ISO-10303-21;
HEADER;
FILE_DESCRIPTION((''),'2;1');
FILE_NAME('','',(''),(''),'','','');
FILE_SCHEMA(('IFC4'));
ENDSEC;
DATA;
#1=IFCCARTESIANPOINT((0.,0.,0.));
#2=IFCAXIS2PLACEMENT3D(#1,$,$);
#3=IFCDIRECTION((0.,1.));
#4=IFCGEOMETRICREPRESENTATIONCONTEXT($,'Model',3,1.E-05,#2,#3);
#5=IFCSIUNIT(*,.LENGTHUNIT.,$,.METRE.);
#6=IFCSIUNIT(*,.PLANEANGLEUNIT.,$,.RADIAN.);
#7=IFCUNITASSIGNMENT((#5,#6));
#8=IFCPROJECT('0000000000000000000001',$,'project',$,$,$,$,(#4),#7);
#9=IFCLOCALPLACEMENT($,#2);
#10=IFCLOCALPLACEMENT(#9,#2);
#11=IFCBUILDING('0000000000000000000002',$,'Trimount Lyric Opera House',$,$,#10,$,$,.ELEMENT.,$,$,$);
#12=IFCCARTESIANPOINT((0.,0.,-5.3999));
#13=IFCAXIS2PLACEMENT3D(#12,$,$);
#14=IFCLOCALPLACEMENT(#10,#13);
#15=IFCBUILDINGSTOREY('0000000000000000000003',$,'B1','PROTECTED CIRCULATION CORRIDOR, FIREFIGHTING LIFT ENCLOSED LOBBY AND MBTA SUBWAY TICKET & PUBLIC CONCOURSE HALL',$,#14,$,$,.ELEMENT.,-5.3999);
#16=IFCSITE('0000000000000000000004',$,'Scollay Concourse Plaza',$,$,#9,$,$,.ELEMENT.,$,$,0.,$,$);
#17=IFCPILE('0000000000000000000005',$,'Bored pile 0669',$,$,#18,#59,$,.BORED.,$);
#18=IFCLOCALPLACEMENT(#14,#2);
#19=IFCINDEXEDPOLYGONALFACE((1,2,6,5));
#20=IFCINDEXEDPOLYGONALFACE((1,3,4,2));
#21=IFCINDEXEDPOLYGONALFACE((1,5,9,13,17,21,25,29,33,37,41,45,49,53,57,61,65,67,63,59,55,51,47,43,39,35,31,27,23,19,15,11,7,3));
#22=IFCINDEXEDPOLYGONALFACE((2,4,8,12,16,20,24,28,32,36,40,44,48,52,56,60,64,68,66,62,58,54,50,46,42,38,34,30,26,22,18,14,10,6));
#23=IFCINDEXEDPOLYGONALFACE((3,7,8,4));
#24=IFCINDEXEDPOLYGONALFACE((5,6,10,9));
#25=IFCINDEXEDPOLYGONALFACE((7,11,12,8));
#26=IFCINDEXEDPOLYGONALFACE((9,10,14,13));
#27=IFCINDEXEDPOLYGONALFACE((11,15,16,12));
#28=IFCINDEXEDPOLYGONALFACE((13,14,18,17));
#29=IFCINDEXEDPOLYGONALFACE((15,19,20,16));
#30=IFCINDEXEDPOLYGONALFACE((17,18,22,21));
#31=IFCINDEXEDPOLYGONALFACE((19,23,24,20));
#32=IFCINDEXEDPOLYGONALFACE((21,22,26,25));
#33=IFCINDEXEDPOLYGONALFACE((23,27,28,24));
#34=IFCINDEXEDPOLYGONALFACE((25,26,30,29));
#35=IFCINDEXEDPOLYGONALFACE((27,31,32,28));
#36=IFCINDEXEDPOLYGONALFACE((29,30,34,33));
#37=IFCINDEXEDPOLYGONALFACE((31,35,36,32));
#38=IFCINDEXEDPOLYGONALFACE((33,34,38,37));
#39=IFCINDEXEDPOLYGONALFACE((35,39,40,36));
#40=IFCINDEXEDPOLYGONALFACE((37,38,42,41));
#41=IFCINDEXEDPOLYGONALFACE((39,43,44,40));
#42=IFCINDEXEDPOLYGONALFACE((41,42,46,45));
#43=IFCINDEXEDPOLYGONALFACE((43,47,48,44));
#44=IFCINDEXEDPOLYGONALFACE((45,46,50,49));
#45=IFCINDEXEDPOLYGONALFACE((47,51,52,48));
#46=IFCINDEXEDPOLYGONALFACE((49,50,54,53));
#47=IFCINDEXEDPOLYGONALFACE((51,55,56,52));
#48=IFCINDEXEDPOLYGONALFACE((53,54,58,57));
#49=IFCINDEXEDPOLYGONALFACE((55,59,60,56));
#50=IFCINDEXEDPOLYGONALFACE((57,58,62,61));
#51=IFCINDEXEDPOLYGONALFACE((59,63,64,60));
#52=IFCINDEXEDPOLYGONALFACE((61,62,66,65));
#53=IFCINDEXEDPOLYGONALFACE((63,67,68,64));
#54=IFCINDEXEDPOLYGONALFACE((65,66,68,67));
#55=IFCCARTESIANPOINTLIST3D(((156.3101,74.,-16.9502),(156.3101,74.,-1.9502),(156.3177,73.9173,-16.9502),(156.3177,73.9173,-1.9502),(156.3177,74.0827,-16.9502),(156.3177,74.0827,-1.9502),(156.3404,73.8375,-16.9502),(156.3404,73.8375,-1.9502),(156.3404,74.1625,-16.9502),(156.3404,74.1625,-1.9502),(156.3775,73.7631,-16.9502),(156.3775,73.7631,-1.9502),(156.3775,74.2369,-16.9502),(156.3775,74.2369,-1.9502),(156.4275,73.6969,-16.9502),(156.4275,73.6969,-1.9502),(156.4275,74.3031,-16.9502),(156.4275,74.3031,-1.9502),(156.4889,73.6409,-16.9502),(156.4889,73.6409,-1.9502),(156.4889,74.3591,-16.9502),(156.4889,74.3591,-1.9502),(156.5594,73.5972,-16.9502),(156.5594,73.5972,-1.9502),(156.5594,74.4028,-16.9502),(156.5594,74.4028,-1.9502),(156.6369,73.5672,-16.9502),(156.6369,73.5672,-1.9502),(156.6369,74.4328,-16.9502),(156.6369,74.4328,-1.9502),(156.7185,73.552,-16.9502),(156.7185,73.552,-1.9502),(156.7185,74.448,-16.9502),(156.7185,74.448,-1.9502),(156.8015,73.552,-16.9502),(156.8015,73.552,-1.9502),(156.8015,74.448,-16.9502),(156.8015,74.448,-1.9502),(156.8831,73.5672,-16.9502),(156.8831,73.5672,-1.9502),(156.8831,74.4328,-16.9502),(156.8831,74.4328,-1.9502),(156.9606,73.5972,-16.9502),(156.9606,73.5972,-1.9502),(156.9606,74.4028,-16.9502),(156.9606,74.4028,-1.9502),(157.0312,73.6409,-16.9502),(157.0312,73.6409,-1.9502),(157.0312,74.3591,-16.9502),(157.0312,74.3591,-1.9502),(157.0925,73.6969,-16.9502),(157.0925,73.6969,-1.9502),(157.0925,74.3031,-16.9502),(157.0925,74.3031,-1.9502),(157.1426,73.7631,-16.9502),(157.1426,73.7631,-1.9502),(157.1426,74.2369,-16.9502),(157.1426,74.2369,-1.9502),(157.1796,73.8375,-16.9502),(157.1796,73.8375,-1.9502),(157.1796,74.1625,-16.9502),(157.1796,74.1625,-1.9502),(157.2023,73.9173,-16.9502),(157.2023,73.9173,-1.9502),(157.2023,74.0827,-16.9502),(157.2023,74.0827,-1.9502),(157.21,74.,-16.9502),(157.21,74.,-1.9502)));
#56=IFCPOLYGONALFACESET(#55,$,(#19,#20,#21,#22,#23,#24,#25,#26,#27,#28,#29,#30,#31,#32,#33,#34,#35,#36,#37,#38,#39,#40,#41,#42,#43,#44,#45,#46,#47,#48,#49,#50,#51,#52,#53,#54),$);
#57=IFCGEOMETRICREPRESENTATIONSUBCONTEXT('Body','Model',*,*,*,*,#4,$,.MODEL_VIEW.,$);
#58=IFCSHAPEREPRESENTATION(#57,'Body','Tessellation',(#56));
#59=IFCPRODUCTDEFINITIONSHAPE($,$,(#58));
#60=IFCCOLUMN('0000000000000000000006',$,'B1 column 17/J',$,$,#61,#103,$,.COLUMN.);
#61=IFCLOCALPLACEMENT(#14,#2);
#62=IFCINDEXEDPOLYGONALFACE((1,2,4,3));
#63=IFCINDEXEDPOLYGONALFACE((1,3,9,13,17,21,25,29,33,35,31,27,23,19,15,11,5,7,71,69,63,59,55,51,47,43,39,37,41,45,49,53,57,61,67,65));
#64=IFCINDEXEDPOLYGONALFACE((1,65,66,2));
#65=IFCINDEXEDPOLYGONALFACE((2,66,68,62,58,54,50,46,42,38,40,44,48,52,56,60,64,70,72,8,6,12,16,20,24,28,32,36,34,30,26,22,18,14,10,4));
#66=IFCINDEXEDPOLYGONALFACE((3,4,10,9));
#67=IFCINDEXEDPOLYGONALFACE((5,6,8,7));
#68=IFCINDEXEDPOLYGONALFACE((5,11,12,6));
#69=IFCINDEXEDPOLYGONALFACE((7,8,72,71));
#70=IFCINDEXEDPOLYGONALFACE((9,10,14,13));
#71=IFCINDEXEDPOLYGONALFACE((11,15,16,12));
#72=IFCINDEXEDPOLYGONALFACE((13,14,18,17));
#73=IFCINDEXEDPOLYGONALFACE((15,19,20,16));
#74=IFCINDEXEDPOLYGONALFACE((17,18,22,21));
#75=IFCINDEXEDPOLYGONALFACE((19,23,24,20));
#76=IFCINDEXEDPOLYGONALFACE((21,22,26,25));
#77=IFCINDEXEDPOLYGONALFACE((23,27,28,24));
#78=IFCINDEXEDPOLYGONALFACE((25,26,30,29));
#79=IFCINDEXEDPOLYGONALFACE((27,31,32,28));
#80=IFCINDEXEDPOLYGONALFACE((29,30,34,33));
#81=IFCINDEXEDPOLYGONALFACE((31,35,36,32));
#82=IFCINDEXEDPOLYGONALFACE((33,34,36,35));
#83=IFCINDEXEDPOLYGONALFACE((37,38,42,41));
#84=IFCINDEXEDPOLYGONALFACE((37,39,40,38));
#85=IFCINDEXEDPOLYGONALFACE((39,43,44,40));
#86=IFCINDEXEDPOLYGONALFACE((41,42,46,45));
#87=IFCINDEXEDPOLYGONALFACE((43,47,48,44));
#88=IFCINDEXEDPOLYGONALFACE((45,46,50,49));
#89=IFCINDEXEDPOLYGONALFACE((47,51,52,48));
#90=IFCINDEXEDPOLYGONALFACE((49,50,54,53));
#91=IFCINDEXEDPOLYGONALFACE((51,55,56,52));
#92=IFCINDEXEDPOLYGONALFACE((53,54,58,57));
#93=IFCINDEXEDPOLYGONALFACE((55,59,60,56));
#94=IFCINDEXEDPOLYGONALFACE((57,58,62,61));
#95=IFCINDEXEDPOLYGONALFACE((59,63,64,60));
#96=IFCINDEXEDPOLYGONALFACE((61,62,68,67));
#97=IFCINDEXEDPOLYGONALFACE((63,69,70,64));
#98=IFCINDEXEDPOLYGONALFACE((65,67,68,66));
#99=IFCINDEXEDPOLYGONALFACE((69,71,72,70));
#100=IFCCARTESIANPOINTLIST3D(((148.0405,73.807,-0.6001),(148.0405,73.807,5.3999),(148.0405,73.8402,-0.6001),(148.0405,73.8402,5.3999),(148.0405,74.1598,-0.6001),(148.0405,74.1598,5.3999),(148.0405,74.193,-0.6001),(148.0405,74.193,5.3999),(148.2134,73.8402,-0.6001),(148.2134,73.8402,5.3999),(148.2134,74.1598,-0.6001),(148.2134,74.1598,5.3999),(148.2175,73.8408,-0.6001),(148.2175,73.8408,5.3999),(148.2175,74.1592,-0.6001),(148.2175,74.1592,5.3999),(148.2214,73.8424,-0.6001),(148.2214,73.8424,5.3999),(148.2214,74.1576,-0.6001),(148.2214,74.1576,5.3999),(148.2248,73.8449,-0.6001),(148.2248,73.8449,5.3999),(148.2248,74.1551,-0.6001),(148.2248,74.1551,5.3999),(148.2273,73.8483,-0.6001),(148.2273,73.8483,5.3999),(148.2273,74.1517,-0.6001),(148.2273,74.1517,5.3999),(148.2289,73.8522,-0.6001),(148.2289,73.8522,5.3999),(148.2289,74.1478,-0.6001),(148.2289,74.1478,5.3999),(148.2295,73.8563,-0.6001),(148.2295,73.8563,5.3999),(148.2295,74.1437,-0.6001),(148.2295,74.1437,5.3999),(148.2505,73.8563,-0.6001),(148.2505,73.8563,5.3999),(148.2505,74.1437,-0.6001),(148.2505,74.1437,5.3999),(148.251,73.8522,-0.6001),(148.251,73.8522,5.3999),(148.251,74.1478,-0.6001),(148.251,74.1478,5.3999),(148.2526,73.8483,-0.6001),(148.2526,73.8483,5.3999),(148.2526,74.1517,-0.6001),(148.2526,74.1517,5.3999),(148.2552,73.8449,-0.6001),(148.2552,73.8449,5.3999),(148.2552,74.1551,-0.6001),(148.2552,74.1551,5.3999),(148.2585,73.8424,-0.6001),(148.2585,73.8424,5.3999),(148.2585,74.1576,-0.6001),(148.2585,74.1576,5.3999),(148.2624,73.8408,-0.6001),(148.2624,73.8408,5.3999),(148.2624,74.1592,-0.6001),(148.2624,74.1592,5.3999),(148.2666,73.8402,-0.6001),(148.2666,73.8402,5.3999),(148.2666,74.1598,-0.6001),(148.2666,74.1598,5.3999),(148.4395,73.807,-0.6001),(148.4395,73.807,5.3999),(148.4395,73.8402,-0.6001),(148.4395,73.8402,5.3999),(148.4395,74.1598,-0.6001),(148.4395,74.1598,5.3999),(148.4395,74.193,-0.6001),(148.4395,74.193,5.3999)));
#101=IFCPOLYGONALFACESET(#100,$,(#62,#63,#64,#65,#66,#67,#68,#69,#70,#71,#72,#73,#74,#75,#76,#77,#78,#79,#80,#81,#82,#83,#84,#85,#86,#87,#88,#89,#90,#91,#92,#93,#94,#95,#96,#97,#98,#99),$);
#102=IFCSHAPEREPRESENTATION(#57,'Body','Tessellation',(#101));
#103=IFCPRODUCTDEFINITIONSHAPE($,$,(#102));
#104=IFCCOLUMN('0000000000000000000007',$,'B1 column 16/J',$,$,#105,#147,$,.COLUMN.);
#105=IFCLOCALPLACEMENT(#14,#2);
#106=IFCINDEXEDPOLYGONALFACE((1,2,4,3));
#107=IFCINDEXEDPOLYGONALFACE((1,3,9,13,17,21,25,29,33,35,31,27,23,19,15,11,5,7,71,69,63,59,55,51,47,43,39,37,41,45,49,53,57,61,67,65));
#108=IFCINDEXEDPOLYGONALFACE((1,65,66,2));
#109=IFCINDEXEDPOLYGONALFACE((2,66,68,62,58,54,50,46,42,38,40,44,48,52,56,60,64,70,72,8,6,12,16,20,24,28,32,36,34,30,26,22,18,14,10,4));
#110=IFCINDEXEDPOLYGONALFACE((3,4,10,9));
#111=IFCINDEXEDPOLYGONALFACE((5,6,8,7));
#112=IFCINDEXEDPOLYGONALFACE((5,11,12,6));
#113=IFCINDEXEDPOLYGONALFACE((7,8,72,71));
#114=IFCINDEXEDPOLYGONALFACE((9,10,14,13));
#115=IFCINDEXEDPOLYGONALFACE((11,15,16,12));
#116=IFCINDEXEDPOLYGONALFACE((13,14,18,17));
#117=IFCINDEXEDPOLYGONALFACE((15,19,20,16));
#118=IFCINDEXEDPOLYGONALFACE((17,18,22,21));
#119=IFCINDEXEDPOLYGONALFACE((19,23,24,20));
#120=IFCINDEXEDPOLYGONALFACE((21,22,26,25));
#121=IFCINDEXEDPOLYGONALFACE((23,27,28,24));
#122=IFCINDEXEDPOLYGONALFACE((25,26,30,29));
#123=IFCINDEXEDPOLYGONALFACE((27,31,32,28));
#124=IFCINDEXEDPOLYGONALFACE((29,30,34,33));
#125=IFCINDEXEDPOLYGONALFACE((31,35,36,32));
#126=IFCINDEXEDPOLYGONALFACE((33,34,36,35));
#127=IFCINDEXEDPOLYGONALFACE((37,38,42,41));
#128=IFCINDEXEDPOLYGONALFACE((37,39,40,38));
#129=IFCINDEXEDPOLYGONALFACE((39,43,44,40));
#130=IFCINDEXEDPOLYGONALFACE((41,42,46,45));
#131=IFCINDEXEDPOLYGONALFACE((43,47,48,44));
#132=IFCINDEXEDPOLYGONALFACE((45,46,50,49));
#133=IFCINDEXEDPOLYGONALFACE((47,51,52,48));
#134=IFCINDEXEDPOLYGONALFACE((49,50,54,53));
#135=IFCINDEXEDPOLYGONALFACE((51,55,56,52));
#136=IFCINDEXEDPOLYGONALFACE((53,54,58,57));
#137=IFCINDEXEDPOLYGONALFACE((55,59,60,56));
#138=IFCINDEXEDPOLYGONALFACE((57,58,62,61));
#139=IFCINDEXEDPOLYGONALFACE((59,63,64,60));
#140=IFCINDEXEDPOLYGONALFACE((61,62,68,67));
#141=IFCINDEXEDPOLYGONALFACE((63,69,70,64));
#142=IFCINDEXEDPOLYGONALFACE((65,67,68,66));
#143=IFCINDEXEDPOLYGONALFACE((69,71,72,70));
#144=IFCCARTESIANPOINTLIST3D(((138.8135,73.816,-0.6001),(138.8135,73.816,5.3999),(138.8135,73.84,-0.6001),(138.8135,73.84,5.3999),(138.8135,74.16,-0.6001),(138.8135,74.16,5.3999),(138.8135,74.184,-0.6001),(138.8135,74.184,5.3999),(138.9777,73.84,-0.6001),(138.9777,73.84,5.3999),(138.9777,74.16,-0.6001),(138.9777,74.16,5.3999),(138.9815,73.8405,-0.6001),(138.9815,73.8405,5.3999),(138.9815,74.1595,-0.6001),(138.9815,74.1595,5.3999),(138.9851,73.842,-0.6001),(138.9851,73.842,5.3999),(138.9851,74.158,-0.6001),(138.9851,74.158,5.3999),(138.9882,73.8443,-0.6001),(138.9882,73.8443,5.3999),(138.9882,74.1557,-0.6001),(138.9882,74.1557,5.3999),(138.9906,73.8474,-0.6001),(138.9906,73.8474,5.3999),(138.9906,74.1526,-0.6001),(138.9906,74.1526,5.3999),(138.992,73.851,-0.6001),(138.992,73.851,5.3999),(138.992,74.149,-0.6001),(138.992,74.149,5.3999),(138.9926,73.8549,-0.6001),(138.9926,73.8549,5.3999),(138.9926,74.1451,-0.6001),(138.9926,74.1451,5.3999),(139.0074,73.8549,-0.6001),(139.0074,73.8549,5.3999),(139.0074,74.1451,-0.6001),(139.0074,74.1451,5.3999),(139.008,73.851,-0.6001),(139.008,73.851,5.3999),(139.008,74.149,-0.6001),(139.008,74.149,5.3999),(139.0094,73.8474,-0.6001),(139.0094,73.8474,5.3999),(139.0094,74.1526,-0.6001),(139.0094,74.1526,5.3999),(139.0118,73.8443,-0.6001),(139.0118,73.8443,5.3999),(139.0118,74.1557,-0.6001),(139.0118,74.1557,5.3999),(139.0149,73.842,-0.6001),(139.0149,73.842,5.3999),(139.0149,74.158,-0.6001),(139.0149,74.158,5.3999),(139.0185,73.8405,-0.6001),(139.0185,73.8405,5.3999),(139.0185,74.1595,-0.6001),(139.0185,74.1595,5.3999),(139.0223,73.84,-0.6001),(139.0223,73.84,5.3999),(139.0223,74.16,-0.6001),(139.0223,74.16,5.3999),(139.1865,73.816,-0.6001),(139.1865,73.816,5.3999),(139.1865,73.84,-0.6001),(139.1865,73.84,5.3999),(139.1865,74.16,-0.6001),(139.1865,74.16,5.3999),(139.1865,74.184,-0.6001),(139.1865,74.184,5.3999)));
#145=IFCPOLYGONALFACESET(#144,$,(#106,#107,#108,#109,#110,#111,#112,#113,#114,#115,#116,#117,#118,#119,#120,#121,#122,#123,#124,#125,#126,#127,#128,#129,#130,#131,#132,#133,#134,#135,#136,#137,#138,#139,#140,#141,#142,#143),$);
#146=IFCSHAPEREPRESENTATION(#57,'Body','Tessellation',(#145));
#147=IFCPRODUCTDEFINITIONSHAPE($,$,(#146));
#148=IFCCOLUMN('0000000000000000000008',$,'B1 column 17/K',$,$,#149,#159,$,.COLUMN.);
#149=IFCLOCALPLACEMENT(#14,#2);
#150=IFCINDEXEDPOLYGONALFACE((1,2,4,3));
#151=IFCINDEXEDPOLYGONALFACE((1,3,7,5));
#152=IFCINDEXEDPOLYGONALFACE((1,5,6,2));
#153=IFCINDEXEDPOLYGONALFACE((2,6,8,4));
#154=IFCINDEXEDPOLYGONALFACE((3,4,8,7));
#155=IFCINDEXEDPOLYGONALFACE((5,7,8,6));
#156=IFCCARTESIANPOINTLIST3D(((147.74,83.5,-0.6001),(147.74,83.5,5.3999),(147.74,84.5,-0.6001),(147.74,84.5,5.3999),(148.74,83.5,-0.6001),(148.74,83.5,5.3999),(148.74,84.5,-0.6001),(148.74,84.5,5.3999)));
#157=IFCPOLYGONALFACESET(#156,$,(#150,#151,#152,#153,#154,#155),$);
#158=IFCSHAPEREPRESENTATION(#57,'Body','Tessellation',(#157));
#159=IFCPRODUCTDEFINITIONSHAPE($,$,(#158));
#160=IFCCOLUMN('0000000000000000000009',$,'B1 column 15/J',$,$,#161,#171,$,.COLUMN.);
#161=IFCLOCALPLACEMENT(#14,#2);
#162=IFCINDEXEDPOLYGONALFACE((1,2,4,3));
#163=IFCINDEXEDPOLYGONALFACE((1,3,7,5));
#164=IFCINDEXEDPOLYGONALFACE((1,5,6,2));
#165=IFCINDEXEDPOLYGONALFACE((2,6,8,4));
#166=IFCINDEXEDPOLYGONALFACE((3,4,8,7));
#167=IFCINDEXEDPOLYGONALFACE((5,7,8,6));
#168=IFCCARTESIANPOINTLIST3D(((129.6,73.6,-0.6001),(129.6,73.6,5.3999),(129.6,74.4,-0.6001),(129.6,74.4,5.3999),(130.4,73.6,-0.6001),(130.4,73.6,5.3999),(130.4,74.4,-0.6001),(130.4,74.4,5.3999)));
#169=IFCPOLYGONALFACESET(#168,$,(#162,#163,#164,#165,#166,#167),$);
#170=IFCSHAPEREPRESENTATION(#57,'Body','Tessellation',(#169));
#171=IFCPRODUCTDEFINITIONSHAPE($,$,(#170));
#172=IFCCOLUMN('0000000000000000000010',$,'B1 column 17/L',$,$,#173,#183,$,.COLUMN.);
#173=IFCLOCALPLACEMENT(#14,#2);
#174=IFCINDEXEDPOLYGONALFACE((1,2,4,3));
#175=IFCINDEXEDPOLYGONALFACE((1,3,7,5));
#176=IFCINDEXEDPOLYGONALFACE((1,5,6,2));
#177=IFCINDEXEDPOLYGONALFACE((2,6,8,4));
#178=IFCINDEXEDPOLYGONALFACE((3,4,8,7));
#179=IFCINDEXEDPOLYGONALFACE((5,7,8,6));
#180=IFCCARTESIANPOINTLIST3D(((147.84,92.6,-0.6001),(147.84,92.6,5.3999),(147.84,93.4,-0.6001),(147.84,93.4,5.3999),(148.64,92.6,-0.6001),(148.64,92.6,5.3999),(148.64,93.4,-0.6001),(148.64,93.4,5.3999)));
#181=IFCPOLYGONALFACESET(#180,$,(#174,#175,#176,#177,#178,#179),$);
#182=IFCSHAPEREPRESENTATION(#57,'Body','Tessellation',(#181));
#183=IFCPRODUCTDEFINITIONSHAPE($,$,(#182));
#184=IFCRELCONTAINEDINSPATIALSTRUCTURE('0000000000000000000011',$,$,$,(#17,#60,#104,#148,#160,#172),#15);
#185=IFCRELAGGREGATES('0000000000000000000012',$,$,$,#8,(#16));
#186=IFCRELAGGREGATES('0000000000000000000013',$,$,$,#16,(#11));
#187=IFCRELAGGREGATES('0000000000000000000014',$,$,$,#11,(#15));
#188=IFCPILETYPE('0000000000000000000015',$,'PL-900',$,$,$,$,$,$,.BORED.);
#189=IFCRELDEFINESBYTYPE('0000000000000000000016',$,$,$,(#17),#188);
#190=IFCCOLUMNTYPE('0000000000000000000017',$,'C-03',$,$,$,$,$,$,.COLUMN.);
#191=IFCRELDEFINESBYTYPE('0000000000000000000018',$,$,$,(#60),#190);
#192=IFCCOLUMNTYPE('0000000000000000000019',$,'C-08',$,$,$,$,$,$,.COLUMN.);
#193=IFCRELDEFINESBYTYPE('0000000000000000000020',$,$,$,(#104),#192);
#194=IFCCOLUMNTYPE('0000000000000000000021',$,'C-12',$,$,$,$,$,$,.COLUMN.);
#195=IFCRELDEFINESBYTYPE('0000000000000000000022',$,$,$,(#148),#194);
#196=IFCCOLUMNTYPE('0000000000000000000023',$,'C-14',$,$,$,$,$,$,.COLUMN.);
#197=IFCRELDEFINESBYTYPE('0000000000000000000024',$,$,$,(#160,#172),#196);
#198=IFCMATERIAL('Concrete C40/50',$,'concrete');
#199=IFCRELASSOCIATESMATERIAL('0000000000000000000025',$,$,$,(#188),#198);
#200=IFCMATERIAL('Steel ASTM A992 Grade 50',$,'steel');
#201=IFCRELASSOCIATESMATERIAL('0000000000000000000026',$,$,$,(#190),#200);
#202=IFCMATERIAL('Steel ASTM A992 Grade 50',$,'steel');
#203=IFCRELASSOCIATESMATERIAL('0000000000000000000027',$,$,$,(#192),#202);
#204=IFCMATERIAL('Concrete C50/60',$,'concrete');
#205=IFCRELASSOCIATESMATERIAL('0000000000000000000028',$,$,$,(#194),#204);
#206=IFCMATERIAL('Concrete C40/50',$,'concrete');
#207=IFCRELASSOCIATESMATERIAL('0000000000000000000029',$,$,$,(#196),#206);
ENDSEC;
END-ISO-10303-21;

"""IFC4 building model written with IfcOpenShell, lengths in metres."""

from ifc_helpers import new_model, si_unit, direction, frame, origin, origin_2d, place, context, subcontext, project, spatial, rectangle, circle, i_section, extrude, material, material_profile, profile_set, type_object, element, save


model = new_model("IFC4")

# Units and contexts
model_context = context("Model", 3, precision=1e-05, world=origin(), true_north=direction((0.0, 1.0)))
body_context = subcontext(model_context, "Body", "Model", "MODEL_VIEW")
ifc_project = project(units=[si_unit("LENGTHUNIT", "METRE"), si_unit("PLANEANGLEUNIT", "RADIAN")], contexts=[model_context])

# Site, building, storey
site_placement = place(None, origin())
site = spatial("IfcSite", under=ifc_project, at=site_placement, Name="Scollay Concourse Plaza", CompositionType="ELEMENT", RefElevation=0.0)
building_placement = place(site_placement, origin())
building = spatial("IfcBuilding", under=site, at=building_placement, Name="Trimount Lyric Opera House", CompositionType="ELEMENT")
storey_placement = place(building_placement, frame((0.0, 0.0, -5.3999)))
storey = spatial("IfcBuildingStorey", under=building, at=storey_placement, Name="B1", Description="PROTECTED CIRCULATION CORRIDOR, FIREFIGHTING LIFT ENCLOSED LOBBY AND MBTA SUBWAY TICKET & PUBLIC CONCOURSE HALL", CompositionType="ELEMENT", Elevation=-5.3999)

# Pile
ifc_material_1 = material(Name="Concrete C40/50", Category="concrete")
ifc_material_profile_1 = material_profile(ifc_material_1, circle(Radius=0.45, at=origin_2d()), Name="PILE-D900")
ifc_profile_set_1 = profile_set([ifc_material_profile_1], Name="Concrete C40/50")
pile_type_1 = type_object("IfcPileType", Name="PL-900", PredefinedType="BORED", material=ifc_profile_set_1)
for number, where, z_axis, x_axis, name in (
    (1, (156.76, 74.0, -1.9502), (0.0, 0.0, -1.0), (1.0, 0.0, 0.0), "Bored pile 0669"),
):
    element("IfcPile", number, at=place(storey_placement, frame(where, z_axis=z_axis, x_axis=x_axis)), inside=storey, type_object=pile_type_1, Name=name, PredefinedType="BORED", context=body_context, shape_type="SweptSolid", body=[
        extrude(circle(Radius=0.45, at=origin_2d()), origin(), (0.0, 0.0, 1.0), 15.0),
    ])

# Columns
ifc_material_2 = material(Name="Steel ASTM A992 Grade 50", Category="steel")
ifc_material_profile_2 = material_profile(ifc_material_2, i_section(OverallWidth=0.3989, OverallDepth=0.386, WebThickness=0.021, FlangeThickness=0.0332, FilletRadius=0.0161, at=origin_2d()), Name="W14X176")
ifc_profile_set_2 = profile_set([ifc_material_profile_2], Name="Steel ASTM A992 Grade 50")
column_type_1 = type_object("IfcColumnType", Name="C-03", PredefinedType="COLUMN", material=ifc_profile_set_2)
column_1_placement = place(storey_placement, frame((148.24, 74.0, -0.6001), z_axis=(0.0, 0.0, 1.0), x_axis=(1.0, 0.0, 0.0)))
element("IfcColumn", 2, at=column_1_placement, inside=storey, type_object=column_type_1, Name="B1 column 17/J", PredefinedType="COLUMN", context=body_context, shape_type="SweptSolid", body=[
    extrude(i_section(OverallWidth=0.3989, OverallDepth=0.386, WebThickness=0.021, FlangeThickness=0.0332, FilletRadius=0.0161, at=origin_2d()), origin(), (0.0, 0.0, 1.0), 6.0),
])
ifc_material_3 = material(Name="Steel ASTM A992 Grade 50", Category="steel")
ifc_material_profile_3 = material_profile(ifc_material_3, i_section(OverallWidth=0.373, OverallDepth=0.3679, WebThickness=0.0149, FlangeThickness=0.0239, FilletRadius=0.0149, at=origin_2d()), Name="W14X120")
ifc_profile_set_3 = profile_set([ifc_material_profile_3], Name="Steel ASTM A992 Grade 50")
column_type_2 = type_object("IfcColumnType", Name="C-08", PredefinedType="COLUMN", material=ifc_profile_set_3)
column_2_placement = place(storey_placement, frame((139.0, 74.0, -0.6001), z_axis=(0.0, 0.0, 1.0), x_axis=(1.0, 0.0, 0.0)))
element("IfcColumn", 3, at=column_2_placement, inside=storey, type_object=column_type_2, Name="B1 column 16/J", PredefinedType="COLUMN", context=body_context, shape_type="SweptSolid", body=[
    extrude(i_section(OverallWidth=0.373, OverallDepth=0.3679, WebThickness=0.0149, FlangeThickness=0.0239, FilletRadius=0.0149, at=origin_2d()), origin(), (0.0, 0.0, 1.0), 6.0),
])
ifc_material_4 = material(Name="Concrete C50/60", Category="concrete")
ifc_material_profile_4 = material_profile(ifc_material_4, rectangle(XDim=1.0, YDim=1.0, at=origin_2d()), Name="RC1000X1000")
ifc_profile_set_4 = profile_set([ifc_material_profile_4], Name="Concrete C50/60")
column_type_3 = type_object("IfcColumnType", Name="C-12", PredefinedType="COLUMN", material=ifc_profile_set_4)
column_3_placement = place(storey_placement, frame((148.24, 84.0, -0.6001), z_axis=(0.0, 0.0, 1.0), x_axis=(1.0, 0.0, 0.0)))
element("IfcColumn", 4, at=column_3_placement, inside=storey, type_object=column_type_3, Name="B1 column 17/K", PredefinedType="COLUMN", context=body_context, shape_type="SweptSolid", body=[
    extrude(rectangle(XDim=1.0, YDim=1.0, at=origin_2d()), origin(), (0.0, 0.0, 1.0), 6.0),
])
ifc_material_5 = material(Name="Concrete C40/50", Category="concrete")
ifc_material_profile_5 = material_profile(ifc_material_5, rectangle(XDim=0.8, YDim=0.8, at=origin_2d()), Name="RC800X800")
ifc_profile_set_5 = profile_set([ifc_material_profile_5], Name="Concrete C40/50")
column_type_4 = type_object("IfcColumnType", Name="C-14", PredefinedType="COLUMN", material=ifc_profile_set_5)
for number, where, z_axis, x_axis, name in (
    (5, (130.0, 74.0, -0.6001), (0.0, 0.0, 1.0), (1.0, 0.0, 0.0), "B1 column 15/J"),
    (6, (148.24, 93.0, -0.6001), (0.0, 0.0, 1.0), (1.0, 0.0, 0.0), "B1 column 17/L"),
):
    element("IfcColumn", number, at=place(storey_placement, frame(where, z_axis=z_axis, x_axis=x_axis)), inside=storey, type_object=column_type_4, Name=name, PredefinedType="COLUMN", context=body_context, shape_type="SweptSolid", body=[
        extrude(rectangle(XDim=0.8, YDim=0.8, at=origin_2d()), origin(), (0.0, 0.0, 1.0), 6.0),
    ])

save(model, "model.ifc")
